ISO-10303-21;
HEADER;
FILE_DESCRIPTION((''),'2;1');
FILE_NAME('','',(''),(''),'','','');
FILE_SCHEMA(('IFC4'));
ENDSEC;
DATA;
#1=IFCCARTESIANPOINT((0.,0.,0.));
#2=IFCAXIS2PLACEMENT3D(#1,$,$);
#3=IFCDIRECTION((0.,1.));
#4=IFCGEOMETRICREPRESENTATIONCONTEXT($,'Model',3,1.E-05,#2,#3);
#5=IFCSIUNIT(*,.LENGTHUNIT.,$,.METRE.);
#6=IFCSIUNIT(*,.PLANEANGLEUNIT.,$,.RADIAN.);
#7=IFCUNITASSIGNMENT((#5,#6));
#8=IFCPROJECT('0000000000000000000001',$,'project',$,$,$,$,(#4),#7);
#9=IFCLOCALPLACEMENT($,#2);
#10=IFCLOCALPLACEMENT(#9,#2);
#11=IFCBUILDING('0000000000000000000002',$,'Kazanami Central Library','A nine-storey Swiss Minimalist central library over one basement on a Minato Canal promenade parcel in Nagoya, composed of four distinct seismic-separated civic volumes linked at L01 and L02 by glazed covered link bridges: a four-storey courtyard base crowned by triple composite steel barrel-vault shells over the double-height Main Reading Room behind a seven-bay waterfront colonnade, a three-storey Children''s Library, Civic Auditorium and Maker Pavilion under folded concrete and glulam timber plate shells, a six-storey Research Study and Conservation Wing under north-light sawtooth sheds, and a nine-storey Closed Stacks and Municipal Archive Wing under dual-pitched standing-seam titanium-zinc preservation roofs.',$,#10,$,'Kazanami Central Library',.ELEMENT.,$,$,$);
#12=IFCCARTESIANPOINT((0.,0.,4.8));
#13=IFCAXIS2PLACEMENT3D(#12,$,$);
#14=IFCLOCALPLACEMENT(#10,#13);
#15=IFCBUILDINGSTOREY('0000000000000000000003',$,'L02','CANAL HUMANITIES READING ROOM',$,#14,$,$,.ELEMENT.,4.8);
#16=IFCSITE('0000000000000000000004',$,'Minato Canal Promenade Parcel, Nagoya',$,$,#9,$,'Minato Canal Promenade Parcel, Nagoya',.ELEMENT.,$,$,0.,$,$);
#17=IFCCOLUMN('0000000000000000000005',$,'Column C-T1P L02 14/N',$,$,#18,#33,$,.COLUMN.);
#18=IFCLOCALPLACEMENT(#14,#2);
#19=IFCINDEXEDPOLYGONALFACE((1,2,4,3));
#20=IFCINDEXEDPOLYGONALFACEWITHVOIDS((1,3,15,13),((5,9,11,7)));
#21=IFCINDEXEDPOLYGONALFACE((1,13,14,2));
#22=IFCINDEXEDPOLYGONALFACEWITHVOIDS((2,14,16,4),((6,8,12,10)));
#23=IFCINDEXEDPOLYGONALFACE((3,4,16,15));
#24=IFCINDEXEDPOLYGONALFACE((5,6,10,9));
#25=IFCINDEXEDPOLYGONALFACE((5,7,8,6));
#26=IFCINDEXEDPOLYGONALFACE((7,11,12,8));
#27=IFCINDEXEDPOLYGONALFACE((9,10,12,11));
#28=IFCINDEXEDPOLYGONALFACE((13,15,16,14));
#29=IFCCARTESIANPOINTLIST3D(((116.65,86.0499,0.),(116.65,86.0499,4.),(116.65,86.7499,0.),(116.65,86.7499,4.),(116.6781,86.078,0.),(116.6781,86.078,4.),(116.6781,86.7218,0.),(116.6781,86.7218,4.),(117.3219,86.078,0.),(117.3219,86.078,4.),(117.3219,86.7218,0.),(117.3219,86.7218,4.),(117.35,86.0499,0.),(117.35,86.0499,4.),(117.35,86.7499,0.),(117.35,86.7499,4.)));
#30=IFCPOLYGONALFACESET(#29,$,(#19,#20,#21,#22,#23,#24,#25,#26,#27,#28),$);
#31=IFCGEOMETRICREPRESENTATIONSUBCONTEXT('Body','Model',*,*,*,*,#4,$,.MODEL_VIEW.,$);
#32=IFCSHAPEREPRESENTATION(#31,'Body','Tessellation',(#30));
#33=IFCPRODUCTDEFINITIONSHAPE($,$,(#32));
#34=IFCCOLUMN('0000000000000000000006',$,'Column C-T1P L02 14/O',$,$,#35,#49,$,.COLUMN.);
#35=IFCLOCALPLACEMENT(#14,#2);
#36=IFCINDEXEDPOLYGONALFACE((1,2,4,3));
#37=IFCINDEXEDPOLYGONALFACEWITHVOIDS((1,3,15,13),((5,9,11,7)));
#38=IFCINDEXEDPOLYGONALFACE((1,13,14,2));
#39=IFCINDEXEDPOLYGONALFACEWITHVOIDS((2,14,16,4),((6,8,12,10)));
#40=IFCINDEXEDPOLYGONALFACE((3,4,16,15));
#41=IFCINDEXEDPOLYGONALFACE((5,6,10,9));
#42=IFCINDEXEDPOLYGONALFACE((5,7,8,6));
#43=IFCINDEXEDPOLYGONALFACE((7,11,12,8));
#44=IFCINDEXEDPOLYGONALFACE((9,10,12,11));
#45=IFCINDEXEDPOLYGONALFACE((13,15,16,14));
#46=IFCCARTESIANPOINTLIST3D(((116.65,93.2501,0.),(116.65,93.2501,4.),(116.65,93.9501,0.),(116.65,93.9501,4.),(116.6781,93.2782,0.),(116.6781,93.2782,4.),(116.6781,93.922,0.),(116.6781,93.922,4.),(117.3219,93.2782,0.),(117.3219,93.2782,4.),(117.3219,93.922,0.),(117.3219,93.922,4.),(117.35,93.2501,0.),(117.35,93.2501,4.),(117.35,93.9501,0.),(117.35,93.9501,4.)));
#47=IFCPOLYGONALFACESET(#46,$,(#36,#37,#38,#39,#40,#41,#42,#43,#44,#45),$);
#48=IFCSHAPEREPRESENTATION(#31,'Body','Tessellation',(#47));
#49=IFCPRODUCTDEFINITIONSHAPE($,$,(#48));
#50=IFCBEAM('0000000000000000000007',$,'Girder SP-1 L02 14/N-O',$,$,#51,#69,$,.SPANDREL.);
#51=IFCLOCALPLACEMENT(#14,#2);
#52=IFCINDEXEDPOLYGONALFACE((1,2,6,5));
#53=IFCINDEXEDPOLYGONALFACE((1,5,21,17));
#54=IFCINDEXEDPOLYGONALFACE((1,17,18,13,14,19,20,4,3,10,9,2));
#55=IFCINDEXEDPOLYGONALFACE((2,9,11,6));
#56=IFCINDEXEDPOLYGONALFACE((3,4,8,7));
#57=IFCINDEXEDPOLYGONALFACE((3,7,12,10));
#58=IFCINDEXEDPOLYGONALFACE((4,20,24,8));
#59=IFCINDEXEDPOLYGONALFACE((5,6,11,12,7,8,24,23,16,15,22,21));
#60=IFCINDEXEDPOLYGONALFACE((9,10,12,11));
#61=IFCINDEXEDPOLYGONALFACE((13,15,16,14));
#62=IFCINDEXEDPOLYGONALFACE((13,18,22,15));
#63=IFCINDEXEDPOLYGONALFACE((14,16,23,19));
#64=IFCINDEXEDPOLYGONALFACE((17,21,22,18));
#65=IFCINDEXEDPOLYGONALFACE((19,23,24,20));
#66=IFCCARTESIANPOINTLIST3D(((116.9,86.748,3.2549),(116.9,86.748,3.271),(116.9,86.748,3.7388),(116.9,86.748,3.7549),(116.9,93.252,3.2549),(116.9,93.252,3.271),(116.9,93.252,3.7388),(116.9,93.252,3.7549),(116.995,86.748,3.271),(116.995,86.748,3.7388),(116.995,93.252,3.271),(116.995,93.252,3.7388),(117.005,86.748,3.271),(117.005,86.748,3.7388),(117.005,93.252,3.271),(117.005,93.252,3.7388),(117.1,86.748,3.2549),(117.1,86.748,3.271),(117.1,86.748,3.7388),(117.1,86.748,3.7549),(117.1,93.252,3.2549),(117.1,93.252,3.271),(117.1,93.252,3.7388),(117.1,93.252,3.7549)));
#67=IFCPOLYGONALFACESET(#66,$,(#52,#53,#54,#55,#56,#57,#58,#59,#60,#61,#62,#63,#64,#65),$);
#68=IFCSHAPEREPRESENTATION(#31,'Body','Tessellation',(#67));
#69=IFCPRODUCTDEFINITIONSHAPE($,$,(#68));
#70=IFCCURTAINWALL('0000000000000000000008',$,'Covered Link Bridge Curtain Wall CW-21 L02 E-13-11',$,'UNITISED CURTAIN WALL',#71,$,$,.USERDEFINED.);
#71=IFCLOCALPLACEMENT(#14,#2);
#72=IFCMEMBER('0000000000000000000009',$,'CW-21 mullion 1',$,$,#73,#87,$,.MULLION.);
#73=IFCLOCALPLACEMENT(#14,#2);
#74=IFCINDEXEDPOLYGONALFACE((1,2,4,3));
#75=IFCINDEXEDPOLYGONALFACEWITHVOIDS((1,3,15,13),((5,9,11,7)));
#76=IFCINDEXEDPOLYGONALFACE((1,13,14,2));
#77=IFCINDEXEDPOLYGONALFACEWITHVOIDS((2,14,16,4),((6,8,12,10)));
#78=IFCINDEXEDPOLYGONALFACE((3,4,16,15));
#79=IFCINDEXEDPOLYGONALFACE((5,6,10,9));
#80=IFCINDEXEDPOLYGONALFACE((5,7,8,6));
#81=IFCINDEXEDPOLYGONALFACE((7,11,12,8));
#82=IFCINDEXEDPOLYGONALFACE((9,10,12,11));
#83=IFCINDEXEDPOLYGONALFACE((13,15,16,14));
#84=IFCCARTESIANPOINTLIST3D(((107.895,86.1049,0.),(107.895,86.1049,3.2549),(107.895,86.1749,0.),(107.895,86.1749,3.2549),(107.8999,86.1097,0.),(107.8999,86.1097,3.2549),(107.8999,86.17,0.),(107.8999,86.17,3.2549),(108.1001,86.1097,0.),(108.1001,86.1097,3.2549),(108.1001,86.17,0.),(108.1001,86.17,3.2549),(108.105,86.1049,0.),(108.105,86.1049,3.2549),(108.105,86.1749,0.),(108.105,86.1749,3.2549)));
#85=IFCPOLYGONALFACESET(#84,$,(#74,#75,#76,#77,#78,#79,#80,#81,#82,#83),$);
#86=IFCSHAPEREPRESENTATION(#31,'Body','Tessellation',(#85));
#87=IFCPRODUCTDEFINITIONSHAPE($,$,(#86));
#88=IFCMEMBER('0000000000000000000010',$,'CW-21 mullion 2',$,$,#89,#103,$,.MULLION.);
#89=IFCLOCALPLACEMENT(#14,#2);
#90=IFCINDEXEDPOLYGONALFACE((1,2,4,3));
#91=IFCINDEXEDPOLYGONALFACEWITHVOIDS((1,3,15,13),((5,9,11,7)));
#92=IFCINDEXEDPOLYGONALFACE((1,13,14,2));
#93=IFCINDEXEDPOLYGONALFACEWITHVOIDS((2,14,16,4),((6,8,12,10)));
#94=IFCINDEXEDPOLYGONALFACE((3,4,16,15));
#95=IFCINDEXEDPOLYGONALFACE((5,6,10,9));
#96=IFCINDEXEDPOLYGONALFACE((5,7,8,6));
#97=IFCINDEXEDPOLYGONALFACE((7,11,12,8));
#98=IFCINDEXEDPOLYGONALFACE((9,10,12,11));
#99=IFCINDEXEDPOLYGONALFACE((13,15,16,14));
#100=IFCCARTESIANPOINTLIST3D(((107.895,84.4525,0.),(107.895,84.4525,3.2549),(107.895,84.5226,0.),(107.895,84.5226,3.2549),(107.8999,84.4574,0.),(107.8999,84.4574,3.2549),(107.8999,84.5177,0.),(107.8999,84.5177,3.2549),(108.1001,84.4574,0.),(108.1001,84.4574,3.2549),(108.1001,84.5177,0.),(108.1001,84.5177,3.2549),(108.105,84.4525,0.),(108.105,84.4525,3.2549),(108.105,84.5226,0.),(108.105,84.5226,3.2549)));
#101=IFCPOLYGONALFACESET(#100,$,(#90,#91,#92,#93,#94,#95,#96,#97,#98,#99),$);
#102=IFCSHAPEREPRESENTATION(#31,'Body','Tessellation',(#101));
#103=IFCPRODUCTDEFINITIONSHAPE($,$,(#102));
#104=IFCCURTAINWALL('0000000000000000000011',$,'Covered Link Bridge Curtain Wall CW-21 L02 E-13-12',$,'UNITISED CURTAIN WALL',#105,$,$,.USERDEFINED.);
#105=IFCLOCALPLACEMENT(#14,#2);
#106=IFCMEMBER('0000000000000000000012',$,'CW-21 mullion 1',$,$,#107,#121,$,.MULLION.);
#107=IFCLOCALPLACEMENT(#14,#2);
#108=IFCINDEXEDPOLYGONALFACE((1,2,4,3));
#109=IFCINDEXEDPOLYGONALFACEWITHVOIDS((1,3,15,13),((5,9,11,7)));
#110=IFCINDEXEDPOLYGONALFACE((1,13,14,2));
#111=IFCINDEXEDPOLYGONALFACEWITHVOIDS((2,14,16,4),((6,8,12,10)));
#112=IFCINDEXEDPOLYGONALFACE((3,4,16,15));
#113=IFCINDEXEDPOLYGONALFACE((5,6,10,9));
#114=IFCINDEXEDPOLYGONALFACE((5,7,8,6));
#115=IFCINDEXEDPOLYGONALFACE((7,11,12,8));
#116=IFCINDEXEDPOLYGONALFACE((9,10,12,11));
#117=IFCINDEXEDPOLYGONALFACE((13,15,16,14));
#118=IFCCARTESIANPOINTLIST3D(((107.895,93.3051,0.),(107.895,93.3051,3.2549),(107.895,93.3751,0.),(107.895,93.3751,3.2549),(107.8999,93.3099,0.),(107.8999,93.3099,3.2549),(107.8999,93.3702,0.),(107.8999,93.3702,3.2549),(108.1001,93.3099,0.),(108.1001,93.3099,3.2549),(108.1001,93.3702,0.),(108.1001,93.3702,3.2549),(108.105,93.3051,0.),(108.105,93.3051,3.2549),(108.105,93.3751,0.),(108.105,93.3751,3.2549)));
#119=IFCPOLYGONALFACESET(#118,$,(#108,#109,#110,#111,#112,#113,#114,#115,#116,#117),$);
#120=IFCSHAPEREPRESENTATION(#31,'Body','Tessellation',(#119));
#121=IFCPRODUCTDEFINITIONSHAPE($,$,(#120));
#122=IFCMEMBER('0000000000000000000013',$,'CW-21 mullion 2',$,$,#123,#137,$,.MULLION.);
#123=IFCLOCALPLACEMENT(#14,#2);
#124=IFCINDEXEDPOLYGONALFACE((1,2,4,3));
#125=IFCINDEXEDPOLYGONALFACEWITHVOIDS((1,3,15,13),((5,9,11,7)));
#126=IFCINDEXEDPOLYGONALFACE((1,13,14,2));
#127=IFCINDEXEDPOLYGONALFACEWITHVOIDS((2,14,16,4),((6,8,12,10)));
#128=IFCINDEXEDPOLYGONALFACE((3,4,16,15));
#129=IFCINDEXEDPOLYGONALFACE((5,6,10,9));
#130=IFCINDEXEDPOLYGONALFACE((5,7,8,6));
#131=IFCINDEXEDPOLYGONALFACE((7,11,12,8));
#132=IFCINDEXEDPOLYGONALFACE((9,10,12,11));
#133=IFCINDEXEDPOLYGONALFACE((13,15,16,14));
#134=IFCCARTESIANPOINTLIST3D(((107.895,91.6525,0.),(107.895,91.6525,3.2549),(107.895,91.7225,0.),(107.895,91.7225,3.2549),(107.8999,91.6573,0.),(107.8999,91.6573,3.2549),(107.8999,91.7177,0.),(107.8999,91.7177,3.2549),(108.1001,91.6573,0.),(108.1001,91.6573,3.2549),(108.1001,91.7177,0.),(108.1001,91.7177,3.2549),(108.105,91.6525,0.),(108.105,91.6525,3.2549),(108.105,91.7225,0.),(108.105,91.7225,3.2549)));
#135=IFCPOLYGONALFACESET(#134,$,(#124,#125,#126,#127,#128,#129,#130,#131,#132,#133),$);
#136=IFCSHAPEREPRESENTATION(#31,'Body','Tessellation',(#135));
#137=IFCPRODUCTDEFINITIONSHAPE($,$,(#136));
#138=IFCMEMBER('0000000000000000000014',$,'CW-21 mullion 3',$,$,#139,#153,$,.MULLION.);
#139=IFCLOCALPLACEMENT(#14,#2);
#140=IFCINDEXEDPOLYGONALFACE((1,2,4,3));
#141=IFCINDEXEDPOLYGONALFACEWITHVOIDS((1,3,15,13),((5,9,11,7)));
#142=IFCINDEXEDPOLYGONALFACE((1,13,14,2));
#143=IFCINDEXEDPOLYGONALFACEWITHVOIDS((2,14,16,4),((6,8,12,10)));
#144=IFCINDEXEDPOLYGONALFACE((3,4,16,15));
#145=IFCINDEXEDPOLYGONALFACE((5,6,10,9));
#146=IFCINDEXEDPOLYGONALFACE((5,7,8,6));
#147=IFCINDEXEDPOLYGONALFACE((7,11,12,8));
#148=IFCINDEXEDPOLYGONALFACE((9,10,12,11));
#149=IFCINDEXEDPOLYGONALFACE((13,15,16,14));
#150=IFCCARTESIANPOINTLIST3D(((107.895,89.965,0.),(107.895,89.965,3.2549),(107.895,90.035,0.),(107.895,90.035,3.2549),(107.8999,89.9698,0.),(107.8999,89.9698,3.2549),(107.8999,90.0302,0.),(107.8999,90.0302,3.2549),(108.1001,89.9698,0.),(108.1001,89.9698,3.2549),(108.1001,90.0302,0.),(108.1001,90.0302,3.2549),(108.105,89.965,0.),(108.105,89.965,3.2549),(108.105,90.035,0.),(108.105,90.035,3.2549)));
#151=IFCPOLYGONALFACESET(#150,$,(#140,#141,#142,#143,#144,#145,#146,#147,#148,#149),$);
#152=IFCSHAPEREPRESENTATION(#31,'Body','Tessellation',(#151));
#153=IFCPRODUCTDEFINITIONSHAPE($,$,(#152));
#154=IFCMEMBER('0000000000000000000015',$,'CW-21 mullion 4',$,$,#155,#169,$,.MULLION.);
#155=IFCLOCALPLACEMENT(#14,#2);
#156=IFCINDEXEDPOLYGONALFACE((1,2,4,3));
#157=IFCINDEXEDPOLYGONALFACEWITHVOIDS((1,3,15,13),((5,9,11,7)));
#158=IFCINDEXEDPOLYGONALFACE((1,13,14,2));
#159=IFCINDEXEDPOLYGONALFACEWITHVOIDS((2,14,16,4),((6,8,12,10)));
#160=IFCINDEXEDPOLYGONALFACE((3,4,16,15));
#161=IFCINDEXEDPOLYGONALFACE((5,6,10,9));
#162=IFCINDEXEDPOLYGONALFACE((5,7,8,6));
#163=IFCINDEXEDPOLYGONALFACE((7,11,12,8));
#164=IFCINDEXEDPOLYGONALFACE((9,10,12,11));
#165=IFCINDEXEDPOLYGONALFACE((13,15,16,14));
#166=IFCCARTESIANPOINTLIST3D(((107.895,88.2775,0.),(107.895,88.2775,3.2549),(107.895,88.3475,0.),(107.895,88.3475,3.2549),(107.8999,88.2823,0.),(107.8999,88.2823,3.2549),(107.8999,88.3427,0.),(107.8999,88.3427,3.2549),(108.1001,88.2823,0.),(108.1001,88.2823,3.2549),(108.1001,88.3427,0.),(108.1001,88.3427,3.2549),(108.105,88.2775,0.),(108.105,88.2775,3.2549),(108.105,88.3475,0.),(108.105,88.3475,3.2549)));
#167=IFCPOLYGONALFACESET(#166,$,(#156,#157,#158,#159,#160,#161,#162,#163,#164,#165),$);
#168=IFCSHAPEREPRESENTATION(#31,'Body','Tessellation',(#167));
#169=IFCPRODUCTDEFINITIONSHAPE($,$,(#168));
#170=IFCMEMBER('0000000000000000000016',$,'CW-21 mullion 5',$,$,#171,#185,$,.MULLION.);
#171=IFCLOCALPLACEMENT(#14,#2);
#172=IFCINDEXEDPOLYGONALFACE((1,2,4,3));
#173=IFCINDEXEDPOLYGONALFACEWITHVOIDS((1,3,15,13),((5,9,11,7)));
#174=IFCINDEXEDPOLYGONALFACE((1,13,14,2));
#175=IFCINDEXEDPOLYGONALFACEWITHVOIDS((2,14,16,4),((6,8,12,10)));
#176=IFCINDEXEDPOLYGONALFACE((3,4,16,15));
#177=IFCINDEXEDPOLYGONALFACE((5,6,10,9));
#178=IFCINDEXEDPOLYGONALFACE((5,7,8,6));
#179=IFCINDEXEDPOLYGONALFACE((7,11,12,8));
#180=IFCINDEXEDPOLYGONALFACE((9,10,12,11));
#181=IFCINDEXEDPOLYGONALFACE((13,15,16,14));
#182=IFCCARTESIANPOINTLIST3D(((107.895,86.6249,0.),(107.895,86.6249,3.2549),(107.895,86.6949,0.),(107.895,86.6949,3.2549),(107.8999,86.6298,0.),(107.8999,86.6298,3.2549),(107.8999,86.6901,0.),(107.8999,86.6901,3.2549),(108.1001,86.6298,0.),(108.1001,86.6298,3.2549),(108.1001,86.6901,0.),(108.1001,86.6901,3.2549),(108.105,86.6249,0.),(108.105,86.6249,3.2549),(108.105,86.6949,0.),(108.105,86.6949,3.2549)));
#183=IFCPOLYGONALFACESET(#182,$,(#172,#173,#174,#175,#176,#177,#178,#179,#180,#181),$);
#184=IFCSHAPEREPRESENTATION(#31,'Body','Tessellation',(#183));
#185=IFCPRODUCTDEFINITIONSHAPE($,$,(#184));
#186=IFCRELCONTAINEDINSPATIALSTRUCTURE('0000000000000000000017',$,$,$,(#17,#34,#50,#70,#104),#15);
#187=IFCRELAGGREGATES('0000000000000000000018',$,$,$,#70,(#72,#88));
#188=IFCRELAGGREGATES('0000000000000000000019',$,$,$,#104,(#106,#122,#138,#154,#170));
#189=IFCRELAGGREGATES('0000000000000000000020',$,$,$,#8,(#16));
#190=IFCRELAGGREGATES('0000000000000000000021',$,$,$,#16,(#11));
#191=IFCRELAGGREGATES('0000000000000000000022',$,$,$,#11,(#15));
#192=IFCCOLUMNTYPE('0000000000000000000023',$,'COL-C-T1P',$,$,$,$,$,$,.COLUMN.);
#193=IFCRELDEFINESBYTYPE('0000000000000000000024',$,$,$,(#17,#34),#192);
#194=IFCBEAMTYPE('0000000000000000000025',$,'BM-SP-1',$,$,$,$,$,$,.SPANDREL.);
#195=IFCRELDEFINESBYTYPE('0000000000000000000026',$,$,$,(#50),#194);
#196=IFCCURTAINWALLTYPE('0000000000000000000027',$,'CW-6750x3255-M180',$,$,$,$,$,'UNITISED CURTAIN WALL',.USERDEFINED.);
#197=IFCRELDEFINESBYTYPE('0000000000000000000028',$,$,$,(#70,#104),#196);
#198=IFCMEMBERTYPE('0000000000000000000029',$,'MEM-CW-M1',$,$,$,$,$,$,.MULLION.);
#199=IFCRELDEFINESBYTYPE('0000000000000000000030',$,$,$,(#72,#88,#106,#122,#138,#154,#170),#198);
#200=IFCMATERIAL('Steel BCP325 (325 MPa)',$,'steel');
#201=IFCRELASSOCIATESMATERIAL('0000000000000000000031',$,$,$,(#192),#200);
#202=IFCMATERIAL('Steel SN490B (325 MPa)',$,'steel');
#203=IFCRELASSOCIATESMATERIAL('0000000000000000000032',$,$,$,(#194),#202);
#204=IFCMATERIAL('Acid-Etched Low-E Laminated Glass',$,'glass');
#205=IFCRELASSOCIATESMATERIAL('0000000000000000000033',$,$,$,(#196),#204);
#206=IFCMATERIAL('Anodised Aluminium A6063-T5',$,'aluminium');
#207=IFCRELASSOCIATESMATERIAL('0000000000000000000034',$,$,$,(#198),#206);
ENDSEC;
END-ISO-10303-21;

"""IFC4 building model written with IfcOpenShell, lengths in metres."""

from ifc_helpers import new_model, si_unit, direction, frame, origin, origin_2d, place, context, subcontext, project, spatial, hollow_rectangle, i_section, extrude, material, material_profile, profile_set, type_object, element, aggregate, save


model = new_model("IFC4")

# Units and contexts
model_context = context("Model", 3, precision=1e-05, world=origin(), true_north=direction((0.0, 1.0)))
body_context = subcontext(model_context, "Body", "Model", "MODEL_VIEW")
ifc_project = project(units=[si_unit("LENGTHUNIT", "METRE"), si_unit("PLANEANGLEUNIT", "RADIAN")], contexts=[model_context])

# Site, building, storey
site_placement = place(None, origin())
site = spatial("IfcSite", under=ifc_project, at=site_placement, Name="Minato Canal Promenade Parcel, Nagoya", LongName="Minato Canal Promenade Parcel, Nagoya", CompositionType="ELEMENT", RefElevation=0.0)
building_placement = place(site_placement, origin())
building = spatial("IfcBuilding", under=site, at=building_placement, Name="Kazanami Central Library", Description="A nine-storey Swiss Minimalist central library over one basement on a Minato Canal promenade parcel in Nagoya, composed of four distinct seismic-separated civic volumes linked at L01 and L02 by glazed covered link bridges: a four-storey courtyard base crowned by triple composite steel barrel-vault shells over the double-height Main Reading Room behind a seven-bay waterfront colonnade, a three-storey Children's Library, Civic Auditorium and Maker Pavilion under folded concrete and glulam timber plate shells, a six-storey Research Study and Conservation Wing under north-light sawtooth sheds, and a nine-storey Closed Stacks and Municipal Archive Wing under dual-pitched standing-seam titanium-zinc preservation roofs.", LongName="Kazanami Central Library", CompositionType="ELEMENT")
storey_placement = place(building_placement, frame((0.0, 0.0, 4.8)))
storey = spatial("IfcBuildingStorey", under=building, at=storey_placement, Name="L02", Description="CANAL HUMANITIES READING ROOM", CompositionType="ELEMENT", Elevation=4.8)

# Columns
ifc_material_1 = material(Name="Steel BCP325 (325 MPa)", Category="steel")
ifc_material_profile_1 = material_profile(ifc_material_1, hollow_rectangle(XDim=0.7, YDim=0.7, WallThickness=0.0281, at=origin_2d()), Name="BCP-700x700x28")
ifc_profile_set_1 = profile_set([ifc_material_profile_1], Name="Steel BCP325 (325 MPa)")
column_type = type_object("IfcColumnType", Name="COL-C-T1P", PredefinedType="COLUMN", material=ifc_profile_set_1)
for number, where, z_axis, x_axis, name in (
    (1, (117.0, 86.3999, 0.0), (0.0, 0.0, 1.0), (1.0, 0.0, 0.0), "Column C-T1P L02 14/N"),
    (2, (117.0, 93.6001, 0.0), (0.0, 0.0, 1.0), (1.0, 0.0, 0.0), "Column C-T1P L02 14/O"),
):
    element("IfcColumn", number, at=place(storey_placement, frame(where, z_axis=z_axis, x_axis=x_axis)), inside=storey, type_object=column_type, Name=name, PredefinedType="COLUMN", context=body_context, shape_type="SweptSolid", body=[
        extrude(hollow_rectangle(XDim=0.7, YDim=0.7, WallThickness=0.0281, at=origin_2d()), origin(), (0.0, 0.0, 1.0), 4.0),
    ])

# Beam
ifc_material_2 = material(Name="Steel SN490B (325 MPa)", Category="steel")
ifc_material_profile_2 = material_profile(ifc_material_2, i_section(OverallWidth=0.2, OverallDepth=0.5, WebThickness=0.01, FlangeThickness=0.0161, at=origin_2d()), Name="H-500x200x10x16")
ifc_profile_set_2 = profile_set([ifc_material_profile_2], Name="Steel SN490B (325 MPa)")
beam_type = type_object("IfcBeamType", Name="BM-SP-1", PredefinedType="SPANDREL", material=ifc_profile_set_2)
beam_placement = place(storey_placement, frame((117.0, 86.748, 3.5049), z_axis=(0.0, 1.0, 0.0), x_axis=(-1.0, 0.0, 0.0)))
element("IfcBeam", 3, at=beam_placement, inside=storey, type_object=beam_type, Name="Girder SP-1 L02 14/N-O", PredefinedType="SPANDREL", context=body_context, shape_type="SweptSolid", body=[
    extrude(i_section(OverallWidth=0.2, OverallDepth=0.5, WebThickness=0.01, FlangeThickness=0.0161, at=origin_2d()), origin(), (0.0, 0.0, 1.0), 6.5039),
])

# Curtain walls, members
ifc_material_3 = material(Name="Acid-Etched Low-E Laminated Glass", Category="glass")
curtain_wall_type_1 = type_object("IfcCurtainWallType", Name="CW-6750x3255-M180", ElementType="UNITISED CURTAIN WALL", PredefinedType="USERDEFINED", material=ifc_material_3)
curtain_wall_1_placement = place(storey_placement, origin())
curtain_wall_1 = element("IfcCurtainWall", 4, at=curtain_wall_1_placement, inside=storey, type_object=curtain_wall_type_1, Name="Covered Link Bridge Curtain Wall CW-21 L02 E-13-11", ObjectType="UNITISED CURTAIN WALL", PredefinedType="USERDEFINED")
ifc_material_4 = material(Name="Anodised Aluminium A6063-T5", Category="aluminium")
ifc_material_profile_3 = material_profile(ifc_material_4, hollow_rectangle(XDim=0.0701, YDim=0.21, WallThickness=0.0049, at=origin_2d()), Name="ALU-MULL-70x210x5")
ifc_profile_set_3 = profile_set([ifc_material_profile_3], Name="Anodised Aluminium A6063-T5")
member_type_1 = type_object("IfcMemberType", Name="MEM-CW-M1", PredefinedType="MULLION", material=ifc_profile_set_3)
member_1_placement = place(storey_placement, frame((108.0, 86.1399, 0.0), z_axis=(0.0, 0.0, 1.0), x_axis=(0.0, -1.0, 0.0)))
member_1 = element("IfcMember", 5, at=member_1_placement, type_object=member_type_1, Name="CW-21 mullion 1", PredefinedType="MULLION", context=body_context, shape_type="SweptSolid", body=[
    extrude(hollow_rectangle(XDim=0.0701, YDim=0.21, WallThickness=0.0049, at=origin_2d()), origin(), (0.0, 0.0, 1.0), 3.2549),
])
member_2_placement = place(storey_placement, frame((108.0, 84.4875, 0.0), z_axis=(0.0, 0.0, 1.0), x_axis=(0.0, -1.0, 0.0)))
member_2 = element("IfcMember", 6, at=member_2_placement, type_object=member_type_1, Name="CW-21 mullion 2", PredefinedType="MULLION", context=body_context, shape_type="SweptSolid", body=[
    extrude(hollow_rectangle(XDim=0.0701, YDim=0.21, WallThickness=0.0049, at=origin_2d()), origin(), (0.0, 0.0, 1.0), 3.2549),
])
curtain_wall_2_placement = place(storey_placement, origin())
curtain_wall_2 = element("IfcCurtainWall", 7, at=curtain_wall_2_placement, inside=storey, type_object=curtain_wall_type_1, Name="Covered Link Bridge Curtain Wall CW-21 L02 E-13-12", ObjectType="UNITISED CURTAIN WALL", PredefinedType="USERDEFINED")
member_3_placement = place(storey_placement, frame((108.0, 93.3401, 0.0), z_axis=(0.0, 0.0, 1.0), x_axis=(0.0, -1.0, 0.0)))
member_3 = element("IfcMember", 8, at=member_3_placement, type_object=member_type_1, Name="CW-21 mullion 1", PredefinedType="MULLION", context=body_context, shape_type="SweptSolid", body=[
    extrude(hollow_rectangle(XDim=0.0701, YDim=0.21, WallThickness=0.0049, at=origin_2d()), origin(), (0.0, 0.0, 1.0), 3.2549),
])
member_4_placement = place(storey_placement, frame((108.0, 91.6875, 0.0), z_axis=(0.0, 0.0, 1.0), x_axis=(0.0, -1.0, 0.0)))
member_4 = element("IfcMember", 9, at=member_4_placement, type_object=member_type_1, Name="CW-21 mullion 2", PredefinedType="MULLION", context=body_context, shape_type="SweptSolid", body=[
    extrude(hollow_rectangle(XDim=0.0701, YDim=0.21, WallThickness=0.0049, at=origin_2d()), origin(), (0.0, 0.0, 1.0), 3.2549),
])
member_5_placement = place(storey_placement, frame((108.0, 90.0, 0.0), z_axis=(0.0, 0.0, 1.0), x_axis=(0.0, -1.0, 0.0)))
member_5 = element("IfcMember", 10, at=member_5_placement, type_object=member_type_1, Name="CW-21 mullion 3", PredefinedType="MULLION", context=body_context, shape_type="SweptSolid", body=[
    extrude(hollow_rectangle(XDim=0.0701, YDim=0.21, WallThickness=0.0049, at=origin_2d()), origin(), (0.0, 0.0, 1.0), 3.2549),
])
member_6_placement = place(storey_placement, frame((108.0, 88.3125, 0.0), z_axis=(0.0, 0.0, 1.0), x_axis=(0.0, -1.0, 0.0)))
member_6 = element("IfcMember", 11, at=member_6_placement, type_object=member_type_1, Name="CW-21 mullion 4", PredefinedType="MULLION", context=body_context, shape_type="SweptSolid", body=[
    extrude(hollow_rectangle(XDim=0.0701, YDim=0.21, WallThickness=0.0049, at=origin_2d()), origin(), (0.0, 0.0, 1.0), 3.2549),
])
member_7_placement = place(storey_placement, frame((108.0, 86.6599, 0.0), z_axis=(0.0, 0.0, 1.0), x_axis=(0.0, -1.0, 0.0)))
member_7 = element("IfcMember", 12, at=member_7_placement, type_object=member_type_1, Name="CW-21 mullion 5", PredefinedType="MULLION", context=body_context, shape_type="SweptSolid", body=[
    extrude(hollow_rectangle(XDim=0.0701, YDim=0.21, WallThickness=0.0049, at=origin_2d()), origin(), (0.0, 0.0, 1.0), 3.2549),
])

aggregate(curtain_wall_1, [member_1, member_2])
aggregate(curtain_wall_2, [member_3, member_4, member_5, member_6, member_7])

save(model, "model.ifc")
